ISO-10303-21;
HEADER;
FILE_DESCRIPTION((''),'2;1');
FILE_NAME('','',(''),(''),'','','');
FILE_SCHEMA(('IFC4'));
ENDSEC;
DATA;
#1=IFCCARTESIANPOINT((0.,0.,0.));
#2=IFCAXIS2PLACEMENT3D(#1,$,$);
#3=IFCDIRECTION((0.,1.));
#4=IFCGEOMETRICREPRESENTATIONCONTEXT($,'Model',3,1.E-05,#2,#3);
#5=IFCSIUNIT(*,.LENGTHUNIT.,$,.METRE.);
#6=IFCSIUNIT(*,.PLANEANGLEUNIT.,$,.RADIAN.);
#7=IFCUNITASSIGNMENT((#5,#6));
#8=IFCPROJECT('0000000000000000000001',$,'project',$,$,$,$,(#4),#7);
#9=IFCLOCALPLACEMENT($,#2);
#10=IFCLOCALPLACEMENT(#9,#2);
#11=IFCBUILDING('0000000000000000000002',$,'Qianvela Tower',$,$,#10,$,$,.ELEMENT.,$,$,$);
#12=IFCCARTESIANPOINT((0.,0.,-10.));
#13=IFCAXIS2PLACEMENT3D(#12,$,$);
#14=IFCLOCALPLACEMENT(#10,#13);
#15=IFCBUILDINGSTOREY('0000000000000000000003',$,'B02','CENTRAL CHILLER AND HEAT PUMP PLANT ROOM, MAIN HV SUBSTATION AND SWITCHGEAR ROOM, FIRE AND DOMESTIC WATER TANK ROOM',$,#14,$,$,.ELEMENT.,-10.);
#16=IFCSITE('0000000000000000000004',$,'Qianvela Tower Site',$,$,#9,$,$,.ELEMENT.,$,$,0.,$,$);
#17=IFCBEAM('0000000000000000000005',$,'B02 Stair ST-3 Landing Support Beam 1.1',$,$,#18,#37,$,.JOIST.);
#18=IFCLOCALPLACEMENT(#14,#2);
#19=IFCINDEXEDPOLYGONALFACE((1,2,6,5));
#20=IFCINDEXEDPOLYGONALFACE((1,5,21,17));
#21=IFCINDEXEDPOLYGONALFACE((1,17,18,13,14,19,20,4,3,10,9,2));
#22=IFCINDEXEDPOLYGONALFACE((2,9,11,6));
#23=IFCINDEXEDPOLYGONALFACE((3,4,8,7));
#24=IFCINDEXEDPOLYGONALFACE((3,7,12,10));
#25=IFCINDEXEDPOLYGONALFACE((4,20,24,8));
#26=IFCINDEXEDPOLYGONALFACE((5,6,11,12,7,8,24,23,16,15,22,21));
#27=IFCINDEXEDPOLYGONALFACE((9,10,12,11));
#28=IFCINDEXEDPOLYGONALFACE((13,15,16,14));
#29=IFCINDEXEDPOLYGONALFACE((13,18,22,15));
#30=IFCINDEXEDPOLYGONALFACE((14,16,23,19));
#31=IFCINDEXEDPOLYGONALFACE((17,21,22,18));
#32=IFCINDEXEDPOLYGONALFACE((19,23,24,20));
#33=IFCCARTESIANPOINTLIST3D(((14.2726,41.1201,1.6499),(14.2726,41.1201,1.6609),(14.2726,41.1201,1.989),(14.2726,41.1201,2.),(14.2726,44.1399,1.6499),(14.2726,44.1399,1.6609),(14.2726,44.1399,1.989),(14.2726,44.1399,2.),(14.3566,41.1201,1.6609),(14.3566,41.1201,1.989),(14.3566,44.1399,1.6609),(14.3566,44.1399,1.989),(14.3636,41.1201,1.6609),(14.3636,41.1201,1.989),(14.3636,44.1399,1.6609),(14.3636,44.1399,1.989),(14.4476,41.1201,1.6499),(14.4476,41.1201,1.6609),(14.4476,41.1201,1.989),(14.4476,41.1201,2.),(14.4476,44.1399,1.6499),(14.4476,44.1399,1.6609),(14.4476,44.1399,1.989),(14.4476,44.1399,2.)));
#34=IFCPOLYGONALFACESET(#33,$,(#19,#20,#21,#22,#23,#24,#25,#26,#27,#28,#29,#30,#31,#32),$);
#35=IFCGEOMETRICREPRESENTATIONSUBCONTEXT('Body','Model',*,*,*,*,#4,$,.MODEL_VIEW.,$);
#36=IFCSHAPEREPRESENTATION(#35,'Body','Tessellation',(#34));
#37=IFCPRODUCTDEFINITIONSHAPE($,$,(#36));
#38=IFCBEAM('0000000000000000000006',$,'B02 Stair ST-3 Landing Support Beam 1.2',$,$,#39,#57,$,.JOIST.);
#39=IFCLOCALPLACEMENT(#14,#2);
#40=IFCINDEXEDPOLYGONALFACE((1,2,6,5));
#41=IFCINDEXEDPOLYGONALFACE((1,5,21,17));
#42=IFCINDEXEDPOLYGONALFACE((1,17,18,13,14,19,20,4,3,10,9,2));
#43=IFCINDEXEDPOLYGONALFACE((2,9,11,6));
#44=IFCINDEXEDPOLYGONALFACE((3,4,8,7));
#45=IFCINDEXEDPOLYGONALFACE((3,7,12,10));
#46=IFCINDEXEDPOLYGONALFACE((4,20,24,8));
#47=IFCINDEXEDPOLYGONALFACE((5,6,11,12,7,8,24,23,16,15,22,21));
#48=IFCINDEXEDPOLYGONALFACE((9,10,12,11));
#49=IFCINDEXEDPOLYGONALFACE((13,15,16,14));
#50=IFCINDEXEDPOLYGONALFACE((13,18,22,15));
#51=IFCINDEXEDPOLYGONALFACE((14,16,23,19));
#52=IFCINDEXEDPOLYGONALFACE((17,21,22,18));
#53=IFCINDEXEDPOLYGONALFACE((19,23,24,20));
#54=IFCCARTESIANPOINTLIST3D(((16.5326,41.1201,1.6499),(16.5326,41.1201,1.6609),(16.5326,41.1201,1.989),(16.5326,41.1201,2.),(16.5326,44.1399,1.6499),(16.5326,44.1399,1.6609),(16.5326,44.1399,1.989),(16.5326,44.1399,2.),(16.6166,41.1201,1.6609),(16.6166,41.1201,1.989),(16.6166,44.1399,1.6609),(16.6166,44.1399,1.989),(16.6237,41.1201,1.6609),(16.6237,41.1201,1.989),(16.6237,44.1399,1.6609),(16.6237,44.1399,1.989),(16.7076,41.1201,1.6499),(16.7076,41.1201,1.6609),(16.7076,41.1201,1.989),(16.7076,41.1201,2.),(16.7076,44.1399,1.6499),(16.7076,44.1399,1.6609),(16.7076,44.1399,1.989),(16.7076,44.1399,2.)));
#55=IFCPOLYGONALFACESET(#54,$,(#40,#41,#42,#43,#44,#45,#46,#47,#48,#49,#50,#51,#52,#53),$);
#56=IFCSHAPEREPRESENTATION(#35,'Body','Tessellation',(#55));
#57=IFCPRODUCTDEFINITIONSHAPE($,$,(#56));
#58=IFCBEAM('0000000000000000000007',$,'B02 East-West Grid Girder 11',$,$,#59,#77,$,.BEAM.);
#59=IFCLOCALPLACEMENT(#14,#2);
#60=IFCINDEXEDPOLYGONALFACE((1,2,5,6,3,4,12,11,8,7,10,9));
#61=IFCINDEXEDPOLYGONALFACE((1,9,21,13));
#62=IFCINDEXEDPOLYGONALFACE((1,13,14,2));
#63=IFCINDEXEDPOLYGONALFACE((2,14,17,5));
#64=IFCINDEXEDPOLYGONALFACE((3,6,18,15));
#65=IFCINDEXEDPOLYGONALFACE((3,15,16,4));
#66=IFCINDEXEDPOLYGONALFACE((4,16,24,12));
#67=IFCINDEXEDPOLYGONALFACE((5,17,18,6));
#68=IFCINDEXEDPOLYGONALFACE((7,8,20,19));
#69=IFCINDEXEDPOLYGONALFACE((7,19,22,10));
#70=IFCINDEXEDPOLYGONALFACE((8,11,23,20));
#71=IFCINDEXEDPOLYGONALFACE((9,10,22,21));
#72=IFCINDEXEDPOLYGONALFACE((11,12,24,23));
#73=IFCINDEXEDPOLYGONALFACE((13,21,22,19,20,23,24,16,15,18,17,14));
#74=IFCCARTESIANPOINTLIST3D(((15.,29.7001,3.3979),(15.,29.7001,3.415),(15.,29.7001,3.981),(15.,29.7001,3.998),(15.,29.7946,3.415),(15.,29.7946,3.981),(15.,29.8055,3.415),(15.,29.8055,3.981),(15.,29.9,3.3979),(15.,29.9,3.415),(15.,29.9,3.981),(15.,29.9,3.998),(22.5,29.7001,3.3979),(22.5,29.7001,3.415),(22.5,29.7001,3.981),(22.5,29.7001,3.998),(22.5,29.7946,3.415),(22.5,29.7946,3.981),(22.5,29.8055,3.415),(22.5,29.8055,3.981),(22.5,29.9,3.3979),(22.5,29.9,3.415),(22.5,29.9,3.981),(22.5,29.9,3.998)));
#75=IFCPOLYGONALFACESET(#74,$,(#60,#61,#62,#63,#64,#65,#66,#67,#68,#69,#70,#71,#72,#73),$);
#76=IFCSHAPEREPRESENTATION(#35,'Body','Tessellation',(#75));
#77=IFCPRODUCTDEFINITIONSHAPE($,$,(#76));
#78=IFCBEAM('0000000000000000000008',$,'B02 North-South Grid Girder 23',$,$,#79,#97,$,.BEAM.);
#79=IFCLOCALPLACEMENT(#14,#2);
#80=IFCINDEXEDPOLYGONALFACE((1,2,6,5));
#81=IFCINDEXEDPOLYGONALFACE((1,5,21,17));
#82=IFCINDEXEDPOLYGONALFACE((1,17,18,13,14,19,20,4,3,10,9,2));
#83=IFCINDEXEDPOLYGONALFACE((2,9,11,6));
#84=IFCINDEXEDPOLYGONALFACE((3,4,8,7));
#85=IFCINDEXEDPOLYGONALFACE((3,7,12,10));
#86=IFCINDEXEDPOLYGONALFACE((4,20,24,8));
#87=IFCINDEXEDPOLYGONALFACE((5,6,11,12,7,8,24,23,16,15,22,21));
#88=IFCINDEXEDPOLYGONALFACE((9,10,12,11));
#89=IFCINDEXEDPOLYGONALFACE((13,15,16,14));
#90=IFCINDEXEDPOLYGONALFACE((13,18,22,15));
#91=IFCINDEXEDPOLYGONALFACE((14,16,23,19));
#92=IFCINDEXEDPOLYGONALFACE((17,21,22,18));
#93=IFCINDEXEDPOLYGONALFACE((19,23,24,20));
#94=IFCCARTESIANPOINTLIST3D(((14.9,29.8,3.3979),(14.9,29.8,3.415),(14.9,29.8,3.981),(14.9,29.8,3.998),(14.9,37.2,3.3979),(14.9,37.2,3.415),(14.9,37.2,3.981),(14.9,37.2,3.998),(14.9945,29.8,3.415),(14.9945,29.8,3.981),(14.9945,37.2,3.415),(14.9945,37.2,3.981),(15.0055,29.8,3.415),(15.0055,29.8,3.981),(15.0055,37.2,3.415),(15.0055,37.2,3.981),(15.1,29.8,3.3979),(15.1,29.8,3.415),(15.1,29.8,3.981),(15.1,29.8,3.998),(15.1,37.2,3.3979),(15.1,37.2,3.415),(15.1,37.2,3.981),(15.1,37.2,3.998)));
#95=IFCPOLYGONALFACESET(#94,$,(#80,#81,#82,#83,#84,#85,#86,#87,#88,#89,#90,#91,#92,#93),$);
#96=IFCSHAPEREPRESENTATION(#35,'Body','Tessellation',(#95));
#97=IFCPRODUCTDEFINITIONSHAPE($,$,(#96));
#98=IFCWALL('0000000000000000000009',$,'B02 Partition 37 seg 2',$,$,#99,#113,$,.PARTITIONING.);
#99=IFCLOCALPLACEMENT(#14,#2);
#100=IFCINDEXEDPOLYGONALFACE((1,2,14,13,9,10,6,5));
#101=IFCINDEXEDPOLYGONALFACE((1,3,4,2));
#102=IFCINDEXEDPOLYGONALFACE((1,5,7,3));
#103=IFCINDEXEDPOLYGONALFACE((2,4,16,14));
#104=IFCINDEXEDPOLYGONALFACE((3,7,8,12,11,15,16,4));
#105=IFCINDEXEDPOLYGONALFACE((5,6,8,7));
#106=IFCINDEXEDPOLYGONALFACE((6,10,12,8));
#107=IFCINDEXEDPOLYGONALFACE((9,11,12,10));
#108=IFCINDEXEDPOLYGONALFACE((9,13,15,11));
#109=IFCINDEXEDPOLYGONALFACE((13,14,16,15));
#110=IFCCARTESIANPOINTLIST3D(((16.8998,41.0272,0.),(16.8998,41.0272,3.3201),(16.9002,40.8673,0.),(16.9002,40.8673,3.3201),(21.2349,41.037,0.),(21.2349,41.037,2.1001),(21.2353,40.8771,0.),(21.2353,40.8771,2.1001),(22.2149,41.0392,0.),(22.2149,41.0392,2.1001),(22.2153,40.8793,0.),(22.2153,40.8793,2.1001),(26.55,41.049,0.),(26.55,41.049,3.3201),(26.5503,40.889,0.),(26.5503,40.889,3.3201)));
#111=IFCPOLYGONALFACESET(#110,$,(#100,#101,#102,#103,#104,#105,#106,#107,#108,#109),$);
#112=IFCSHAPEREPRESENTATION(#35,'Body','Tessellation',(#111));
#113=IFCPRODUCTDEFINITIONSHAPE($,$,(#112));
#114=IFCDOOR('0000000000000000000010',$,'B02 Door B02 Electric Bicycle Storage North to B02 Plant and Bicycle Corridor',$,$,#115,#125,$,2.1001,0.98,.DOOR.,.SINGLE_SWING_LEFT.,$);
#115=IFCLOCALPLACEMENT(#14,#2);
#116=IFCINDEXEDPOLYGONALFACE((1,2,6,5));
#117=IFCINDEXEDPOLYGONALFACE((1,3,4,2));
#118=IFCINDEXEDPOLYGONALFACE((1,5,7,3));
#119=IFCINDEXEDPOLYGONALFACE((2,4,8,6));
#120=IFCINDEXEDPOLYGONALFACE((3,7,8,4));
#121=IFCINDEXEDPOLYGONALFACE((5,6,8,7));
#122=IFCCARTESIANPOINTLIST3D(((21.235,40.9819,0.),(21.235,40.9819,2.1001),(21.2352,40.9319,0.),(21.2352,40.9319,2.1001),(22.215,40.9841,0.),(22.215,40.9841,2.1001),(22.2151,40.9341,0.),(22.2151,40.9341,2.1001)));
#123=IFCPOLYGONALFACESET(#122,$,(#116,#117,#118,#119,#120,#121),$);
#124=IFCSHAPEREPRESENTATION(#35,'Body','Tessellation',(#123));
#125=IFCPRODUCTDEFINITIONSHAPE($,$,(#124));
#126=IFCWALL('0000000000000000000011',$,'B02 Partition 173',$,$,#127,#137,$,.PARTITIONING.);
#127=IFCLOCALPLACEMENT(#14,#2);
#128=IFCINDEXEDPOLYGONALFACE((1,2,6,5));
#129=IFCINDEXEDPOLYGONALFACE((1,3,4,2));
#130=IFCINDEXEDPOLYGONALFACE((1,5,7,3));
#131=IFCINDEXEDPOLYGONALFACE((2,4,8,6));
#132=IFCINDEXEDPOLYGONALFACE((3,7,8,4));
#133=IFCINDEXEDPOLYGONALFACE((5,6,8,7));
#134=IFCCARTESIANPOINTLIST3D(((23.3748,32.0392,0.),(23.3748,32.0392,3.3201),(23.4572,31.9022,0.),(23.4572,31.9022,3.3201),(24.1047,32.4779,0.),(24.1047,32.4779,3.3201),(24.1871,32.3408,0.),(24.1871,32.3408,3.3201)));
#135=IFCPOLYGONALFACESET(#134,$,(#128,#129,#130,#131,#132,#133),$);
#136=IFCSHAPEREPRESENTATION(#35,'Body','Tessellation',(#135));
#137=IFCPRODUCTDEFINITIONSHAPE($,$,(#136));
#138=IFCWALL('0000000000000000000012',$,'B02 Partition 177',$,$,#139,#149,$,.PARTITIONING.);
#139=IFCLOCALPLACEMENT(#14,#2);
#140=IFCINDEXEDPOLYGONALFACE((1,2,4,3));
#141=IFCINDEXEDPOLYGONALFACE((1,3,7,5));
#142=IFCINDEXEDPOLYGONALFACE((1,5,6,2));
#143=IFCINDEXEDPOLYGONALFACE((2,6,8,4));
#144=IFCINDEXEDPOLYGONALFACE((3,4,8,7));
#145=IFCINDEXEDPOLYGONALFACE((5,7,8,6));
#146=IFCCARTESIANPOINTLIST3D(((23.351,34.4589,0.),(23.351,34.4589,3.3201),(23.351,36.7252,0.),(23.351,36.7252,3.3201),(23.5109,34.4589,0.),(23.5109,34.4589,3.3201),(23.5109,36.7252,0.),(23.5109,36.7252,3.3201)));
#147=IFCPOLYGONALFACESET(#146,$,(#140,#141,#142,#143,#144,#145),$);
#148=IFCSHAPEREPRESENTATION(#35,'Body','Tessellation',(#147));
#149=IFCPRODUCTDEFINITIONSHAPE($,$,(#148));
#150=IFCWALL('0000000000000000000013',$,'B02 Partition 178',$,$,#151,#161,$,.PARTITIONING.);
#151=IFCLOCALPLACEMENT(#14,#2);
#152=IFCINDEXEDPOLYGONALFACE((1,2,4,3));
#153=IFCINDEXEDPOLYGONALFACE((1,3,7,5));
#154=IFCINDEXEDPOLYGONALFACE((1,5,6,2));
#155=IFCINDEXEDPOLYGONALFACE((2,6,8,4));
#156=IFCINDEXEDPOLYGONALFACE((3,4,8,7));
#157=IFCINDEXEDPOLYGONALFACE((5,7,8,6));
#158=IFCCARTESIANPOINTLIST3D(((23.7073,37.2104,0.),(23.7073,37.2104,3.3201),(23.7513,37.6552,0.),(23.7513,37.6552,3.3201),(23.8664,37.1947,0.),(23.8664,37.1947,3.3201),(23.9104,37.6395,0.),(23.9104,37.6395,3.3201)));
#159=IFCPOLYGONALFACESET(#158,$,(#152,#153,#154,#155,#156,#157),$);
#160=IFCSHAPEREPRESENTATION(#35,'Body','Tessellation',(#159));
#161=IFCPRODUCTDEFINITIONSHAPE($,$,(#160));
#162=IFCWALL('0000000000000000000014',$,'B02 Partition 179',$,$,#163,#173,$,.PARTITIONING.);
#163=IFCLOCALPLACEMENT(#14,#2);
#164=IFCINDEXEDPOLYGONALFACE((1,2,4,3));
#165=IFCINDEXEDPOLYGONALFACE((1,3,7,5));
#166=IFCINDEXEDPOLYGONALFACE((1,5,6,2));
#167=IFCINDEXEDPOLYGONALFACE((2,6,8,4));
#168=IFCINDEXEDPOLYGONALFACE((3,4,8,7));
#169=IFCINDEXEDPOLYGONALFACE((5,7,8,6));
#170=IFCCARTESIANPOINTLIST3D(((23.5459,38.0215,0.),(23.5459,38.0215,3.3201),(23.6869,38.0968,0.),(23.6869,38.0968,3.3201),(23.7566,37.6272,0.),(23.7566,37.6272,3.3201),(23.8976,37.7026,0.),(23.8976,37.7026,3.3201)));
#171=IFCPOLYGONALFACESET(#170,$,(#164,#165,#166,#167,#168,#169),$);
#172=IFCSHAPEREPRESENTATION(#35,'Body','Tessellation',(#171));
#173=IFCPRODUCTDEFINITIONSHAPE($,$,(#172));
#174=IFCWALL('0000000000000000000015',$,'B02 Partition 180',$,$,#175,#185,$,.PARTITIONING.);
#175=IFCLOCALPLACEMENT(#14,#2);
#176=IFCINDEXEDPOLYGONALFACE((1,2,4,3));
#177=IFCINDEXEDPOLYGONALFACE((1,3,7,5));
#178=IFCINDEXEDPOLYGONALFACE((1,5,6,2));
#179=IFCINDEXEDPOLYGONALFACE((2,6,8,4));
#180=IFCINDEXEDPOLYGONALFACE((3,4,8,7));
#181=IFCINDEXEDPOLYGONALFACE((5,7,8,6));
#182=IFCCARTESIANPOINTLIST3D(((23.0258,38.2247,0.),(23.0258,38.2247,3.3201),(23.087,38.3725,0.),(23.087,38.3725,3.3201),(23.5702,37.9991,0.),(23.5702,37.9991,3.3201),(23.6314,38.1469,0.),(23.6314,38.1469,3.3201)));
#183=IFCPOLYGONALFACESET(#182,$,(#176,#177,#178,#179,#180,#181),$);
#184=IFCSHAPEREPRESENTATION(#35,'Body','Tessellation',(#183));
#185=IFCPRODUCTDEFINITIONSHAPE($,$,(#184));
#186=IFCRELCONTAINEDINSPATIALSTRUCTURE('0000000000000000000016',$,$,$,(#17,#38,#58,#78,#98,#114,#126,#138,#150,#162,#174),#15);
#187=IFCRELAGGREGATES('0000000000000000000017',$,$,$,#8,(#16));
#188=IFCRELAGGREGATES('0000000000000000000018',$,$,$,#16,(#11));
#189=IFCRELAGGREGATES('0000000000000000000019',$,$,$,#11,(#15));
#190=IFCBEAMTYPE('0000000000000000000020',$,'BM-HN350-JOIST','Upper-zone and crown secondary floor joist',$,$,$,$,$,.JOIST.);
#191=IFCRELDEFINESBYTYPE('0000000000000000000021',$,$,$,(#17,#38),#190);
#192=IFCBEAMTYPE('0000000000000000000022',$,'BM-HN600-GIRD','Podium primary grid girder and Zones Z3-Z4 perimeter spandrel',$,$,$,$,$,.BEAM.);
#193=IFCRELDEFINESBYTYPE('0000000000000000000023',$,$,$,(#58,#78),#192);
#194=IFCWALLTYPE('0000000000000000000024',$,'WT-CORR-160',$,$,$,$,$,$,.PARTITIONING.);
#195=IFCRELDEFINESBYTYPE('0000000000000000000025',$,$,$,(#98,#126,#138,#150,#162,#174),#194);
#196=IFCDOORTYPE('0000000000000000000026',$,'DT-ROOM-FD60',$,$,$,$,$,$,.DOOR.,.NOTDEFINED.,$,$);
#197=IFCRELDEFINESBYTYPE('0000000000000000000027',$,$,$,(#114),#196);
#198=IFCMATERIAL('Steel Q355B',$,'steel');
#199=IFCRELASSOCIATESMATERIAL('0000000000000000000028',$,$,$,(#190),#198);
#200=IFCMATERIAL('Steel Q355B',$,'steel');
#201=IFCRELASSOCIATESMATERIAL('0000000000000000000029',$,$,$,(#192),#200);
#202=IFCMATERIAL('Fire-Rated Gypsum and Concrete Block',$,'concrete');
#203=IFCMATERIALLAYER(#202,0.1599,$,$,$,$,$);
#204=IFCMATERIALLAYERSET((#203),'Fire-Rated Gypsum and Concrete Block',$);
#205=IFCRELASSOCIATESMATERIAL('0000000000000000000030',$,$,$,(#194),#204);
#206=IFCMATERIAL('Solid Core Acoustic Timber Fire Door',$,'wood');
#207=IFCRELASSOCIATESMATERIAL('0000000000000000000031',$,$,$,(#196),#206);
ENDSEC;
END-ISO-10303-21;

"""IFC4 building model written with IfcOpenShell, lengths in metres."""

from ifc_helpers import new_model, si_unit, direction, frame, frame_2d, origin, origin_2d, place, context, subcontext, project, spatial, rectangle, i_section, extrude, material, layer, layer_set, material_profile, profile_set, type_object, element, fill, save


model = new_model("IFC4")

# Units and contexts
model_context = context("Model", 3, precision=1e-05, world=origin(), true_north=direction((0.0, 1.0)))
body_context = subcontext(model_context, "Body", "Model", "MODEL_VIEW")
ifc_project = project(units=[si_unit("LENGTHUNIT", "METRE"), si_unit("PLANEANGLEUNIT", "RADIAN")], contexts=[model_context])

# Site, building, storey
site_placement = place(None, origin())
site = spatial("IfcSite", under=ifc_project, at=site_placement, Name="Qianvela Tower Site", CompositionType="ELEMENT", RefElevation=0.0)
building_placement = place(site_placement, origin())
building = spatial("IfcBuilding", under=site, at=building_placement, Name="Qianvela Tower", CompositionType="ELEMENT")
storey_placement = place(building_placement, frame((0.0, 0.0, -10.0)))
storey = spatial("IfcBuildingStorey", under=building, at=storey_placement, Name="B02", Description="CENTRAL CHILLER AND HEAT PUMP PLANT ROOM, MAIN HV SUBSTATION AND SWITCHGEAR ROOM, FIRE AND DOMESTIC WATER TANK ROOM", CompositionType="ELEMENT", Elevation=-10.0)

# Beams
ifc_material_1 = material(Name="Steel Q355B", Category="steel")
ifc_material_profile_1 = material_profile(ifc_material_1, i_section(OverallWidth=0.175, OverallDepth=0.3501, WebThickness=0.0071, FlangeThickness=0.011, at=origin_2d()), Name="HN350x175x7x11")
ifc_profile_set_1 = profile_set([ifc_material_profile_1], Name="Steel Q355B")
beam_type_1 = type_object("IfcBeamType", Name="BM-HN350-JOIST", Description="Upper-zone and crown secondary floor joist", PredefinedType="JOIST", material=ifc_profile_set_1)
for number, where, z_axis, x_axis, name in (
    (1, (14.3601, 41.1201, 1.825), (0.0, 1.0, 0.0), (-1.0, 0.0, 0.0), "B02 Stair ST-3 Landing Support Beam 1.1"),
    (2, (16.6201, 41.1201, 1.825), (0.0, 1.0, 0.0), (-1.0, 0.0, 0.0), "B02 Stair ST-3 Landing Support Beam 1.2"),
):
    element("IfcBeam", number, at=place(storey_placement, frame(where, z_axis=z_axis, x_axis=x_axis)), inside=storey, type_object=beam_type_1, Name=name, PredefinedType="JOIST", context=body_context, shape_type="SweptSolid", body=[
        extrude(i_section(OverallWidth=0.175, OverallDepth=0.3501, WebThickness=0.0071, FlangeThickness=0.011, at=origin_2d()), origin(), (0.0, 0.0, 1.0), 3.0198),
    ])
ifc_material_2 = material(Name="Steel Q355B", Category="steel")
ifc_material_profile_2 = material_profile(ifc_material_2, i_section(OverallWidth=0.2, OverallDepth=0.6001, WebThickness=0.011, FlangeThickness=0.0171, at=origin_2d()), Name="HN600x200x11x17")
ifc_profile_set_2 = profile_set([ifc_material_profile_2], Name="Steel Q355B")
beam_type_2 = type_object("IfcBeamType", Name="BM-HN600-GIRD", Description="Podium primary grid girder and Zones Z3-Z4 perimeter spandrel", PredefinedType="BEAM", material=ifc_profile_set_2)
beam_1_placement = place(storey_placement, frame((15.0, 29.8, 3.698), z_axis=(1.0, 0.0, 0.0), x_axis=(0.0, 1.0, 0.0)))
element("IfcBeam", 3, at=beam_1_placement, inside=storey, type_object=beam_type_2, Name="B02 East-West Grid Girder 11", PredefinedType="BEAM", context=body_context, shape_type="SweptSolid", body=[
    extrude(i_section(OverallWidth=0.2, OverallDepth=0.6001, WebThickness=0.011, FlangeThickness=0.0171, at=origin_2d()), origin(), (0.0, 0.0, 1.0), 7.5),
])
beam_2_placement = place(storey_placement, frame((15.0, 29.8, 3.698), z_axis=(0.0, 1.0, 0.0), x_axis=(-1.0, 0.0, 0.0)))
element("IfcBeam", 4, at=beam_2_placement, inside=storey, type_object=beam_type_2, Name="B02 North-South Grid Girder 23", PredefinedType="BEAM", context=body_context, shape_type="SweptSolid", body=[
    extrude(i_section(OverallWidth=0.2, OverallDepth=0.6001, WebThickness=0.011, FlangeThickness=0.0171, at=origin_2d()), origin(), (0.0, 0.0, 1.0), 7.3999),
])

# Wall, opening, door
ifc_material_3 = material(Name="Fire-Rated Gypsum and Concrete Block", Category="concrete")
ifc_layer_1 = layer(ifc_material_3, 0.1599)
ifc_layer_set_1 = layer_set([ifc_layer_1], Name="Fire-Rated Gypsum and Concrete Block")
wall_type_1 = type_object("IfcWallType", Name="WT-CORR-160", PredefinedType="PARTITIONING", material=ifc_layer_set_1)
wall_1_placement = place(storey_placement, frame((16.8999, 40.9473, 0.0), z_axis=(0.0, 0.0, 1.0), x_axis=(0.999997, 0.002252, 0.0)))
wall_1 = element("IfcWall", 5, at=wall_1_placement, inside=storey, type_object=wall_type_1, Name="B02 Partition 37 seg 2", PredefinedType="PARTITIONING", context=body_context, shape_type="SweptSolid", body=[
    extrude(rectangle(XDim=9.6501, YDim=0.1599, at=frame_2d((4.8252, 0.0))), origin(), (0.0, 0.0, 1.0), 3.3201),
])
opening_placement = place(wall_1_placement, frame((4.3352, 0.0, 0.0)))
opening = element("IfcOpeningElement", 6, at=opening_placement, cuts=wall_1, PredefinedType="OPENING", context=body_context, shape_type="SweptSolid", body=[
    extrude(rectangle(XDim=0.98, YDim=2.1001, at=frame_2d((0.49, 1.05))), frame((0.0, 0.0898, 0.0), z_axis=(0.0, -1.0, 0.0), x_axis=(1.0, 0.0, 0.0)), (0.0, 0.0, 1.0), 0.1799),
])
ifc_material_4 = material(Name="Solid Core Acoustic Timber Fire Door", Category="wood")
door_type = type_object("IfcDoorType", Name="DT-ROOM-FD60", OperationType="NOTDEFINED", PredefinedType="DOOR", material=ifc_material_4)
door_placement = place(opening_placement, origin())
door = element("IfcDoor", 7, at=door_placement, inside=storey, type_object=door_type, Name="B02 Door B02 Electric Bicycle Storage North to B02 Plant and Bicycle Corridor", OperationType="SINGLE_SWING_LEFT", OverallHeight=2.1001, OverallWidth=0.98, PredefinedType="DOOR", context=body_context, shape_type="SweptSolid", body=[
    extrude(rectangle(XDim=0.98, YDim=2.1001, at=frame_2d((0.49, 1.05))), frame((0.0, 0.0249, 0.0), z_axis=(0.0, -1.0, 0.0), x_axis=(1.0, 0.0, 0.0)), (0.0, 0.0, 1.0), 0.05),
])
fill(opening, door)

# Walls
wall_2_placement = place(storey_placement, frame((23.416, 31.9707, 0.0), z_axis=(0.0, 0.0, 1.0), x_axis=(0.857113, 0.515128, 0.0)))
element("IfcWall", 8, at=wall_2_placement, inside=storey, type_object=wall_type_1, Name="B02 Partition 173", PredefinedType="PARTITIONING", context=body_context, shape_type="SweptSolid", body=[
    extrude(rectangle(XDim=0.8516, YDim=0.1599, at=frame_2d((0.4258, 0.0))), origin(), (0.0, 0.0, 1.0), 3.3201),
])
wall_3_placement = place(storey_placement, frame((23.4309, 34.4587, 0.0), z_axis=(0.0, 0.0, 1.0), x_axis=(0.0, 1.0, 0.0)))
element("IfcWall", 9, at=wall_3_placement, inside=storey, type_object=wall_type_1, Name="B02 Partition 177", PredefinedType="PARTITIONING", context=body_context, shape_type="SweptSolid", body=[
    extrude(rectangle(XDim=2.2664, YDim=0.1599, at=frame_2d((1.1333, 0.0))), origin(), (0.0, 0.0, 1.0), 3.3201),
])
for number, where, z_axis, x_axis, name in (
    (10, (23.7869, 37.2024, 0.0), (0.0, 0.0, 1.0), (0.098314, 0.995155, 0.0), "B02 Partition 178"),
    (11, (23.8271, 37.6648, 0.0), (0.0, 0.0, 1.0), (-0.471297, 0.881975, 0.0), "B02 Partition 179"),
):
    element("IfcWall", number, at=place(storey_placement, frame(where, z_axis=z_axis, x_axis=x_axis)), inside=storey, type_object=wall_type_1, Name=name, PredefinedType="PARTITIONING", context=body_context, shape_type="SweptSolid", body=[
        extrude(rectangle(XDim=0.447, YDim=0.1599, at=frame_2d((0.2236, 0.0))), origin(), (0.0, 0.0, 1.0), 3.3201),
    ])
wall_4_placement = place(storey_placement, frame((23.6008, 38.073, 0.0), z_axis=(0.0, 0.0, 1.0), x_axis=(-0.923835, 0.382791, 0.0)))
element("IfcWall", 12, at=wall_4_placement, inside=storey, type_object=wall_type_1, Name="B02 Partition 180", PredefinedType="PARTITIONING", context=body_context, shape_type="SweptSolid", body=[
    extrude(rectangle(XDim=0.5894, YDim=0.1599, at=frame_2d((0.2947, 0.0))), origin(), (0.0, 0.0, 1.0), 3.3201),
])

save(model, "model.ifc")
